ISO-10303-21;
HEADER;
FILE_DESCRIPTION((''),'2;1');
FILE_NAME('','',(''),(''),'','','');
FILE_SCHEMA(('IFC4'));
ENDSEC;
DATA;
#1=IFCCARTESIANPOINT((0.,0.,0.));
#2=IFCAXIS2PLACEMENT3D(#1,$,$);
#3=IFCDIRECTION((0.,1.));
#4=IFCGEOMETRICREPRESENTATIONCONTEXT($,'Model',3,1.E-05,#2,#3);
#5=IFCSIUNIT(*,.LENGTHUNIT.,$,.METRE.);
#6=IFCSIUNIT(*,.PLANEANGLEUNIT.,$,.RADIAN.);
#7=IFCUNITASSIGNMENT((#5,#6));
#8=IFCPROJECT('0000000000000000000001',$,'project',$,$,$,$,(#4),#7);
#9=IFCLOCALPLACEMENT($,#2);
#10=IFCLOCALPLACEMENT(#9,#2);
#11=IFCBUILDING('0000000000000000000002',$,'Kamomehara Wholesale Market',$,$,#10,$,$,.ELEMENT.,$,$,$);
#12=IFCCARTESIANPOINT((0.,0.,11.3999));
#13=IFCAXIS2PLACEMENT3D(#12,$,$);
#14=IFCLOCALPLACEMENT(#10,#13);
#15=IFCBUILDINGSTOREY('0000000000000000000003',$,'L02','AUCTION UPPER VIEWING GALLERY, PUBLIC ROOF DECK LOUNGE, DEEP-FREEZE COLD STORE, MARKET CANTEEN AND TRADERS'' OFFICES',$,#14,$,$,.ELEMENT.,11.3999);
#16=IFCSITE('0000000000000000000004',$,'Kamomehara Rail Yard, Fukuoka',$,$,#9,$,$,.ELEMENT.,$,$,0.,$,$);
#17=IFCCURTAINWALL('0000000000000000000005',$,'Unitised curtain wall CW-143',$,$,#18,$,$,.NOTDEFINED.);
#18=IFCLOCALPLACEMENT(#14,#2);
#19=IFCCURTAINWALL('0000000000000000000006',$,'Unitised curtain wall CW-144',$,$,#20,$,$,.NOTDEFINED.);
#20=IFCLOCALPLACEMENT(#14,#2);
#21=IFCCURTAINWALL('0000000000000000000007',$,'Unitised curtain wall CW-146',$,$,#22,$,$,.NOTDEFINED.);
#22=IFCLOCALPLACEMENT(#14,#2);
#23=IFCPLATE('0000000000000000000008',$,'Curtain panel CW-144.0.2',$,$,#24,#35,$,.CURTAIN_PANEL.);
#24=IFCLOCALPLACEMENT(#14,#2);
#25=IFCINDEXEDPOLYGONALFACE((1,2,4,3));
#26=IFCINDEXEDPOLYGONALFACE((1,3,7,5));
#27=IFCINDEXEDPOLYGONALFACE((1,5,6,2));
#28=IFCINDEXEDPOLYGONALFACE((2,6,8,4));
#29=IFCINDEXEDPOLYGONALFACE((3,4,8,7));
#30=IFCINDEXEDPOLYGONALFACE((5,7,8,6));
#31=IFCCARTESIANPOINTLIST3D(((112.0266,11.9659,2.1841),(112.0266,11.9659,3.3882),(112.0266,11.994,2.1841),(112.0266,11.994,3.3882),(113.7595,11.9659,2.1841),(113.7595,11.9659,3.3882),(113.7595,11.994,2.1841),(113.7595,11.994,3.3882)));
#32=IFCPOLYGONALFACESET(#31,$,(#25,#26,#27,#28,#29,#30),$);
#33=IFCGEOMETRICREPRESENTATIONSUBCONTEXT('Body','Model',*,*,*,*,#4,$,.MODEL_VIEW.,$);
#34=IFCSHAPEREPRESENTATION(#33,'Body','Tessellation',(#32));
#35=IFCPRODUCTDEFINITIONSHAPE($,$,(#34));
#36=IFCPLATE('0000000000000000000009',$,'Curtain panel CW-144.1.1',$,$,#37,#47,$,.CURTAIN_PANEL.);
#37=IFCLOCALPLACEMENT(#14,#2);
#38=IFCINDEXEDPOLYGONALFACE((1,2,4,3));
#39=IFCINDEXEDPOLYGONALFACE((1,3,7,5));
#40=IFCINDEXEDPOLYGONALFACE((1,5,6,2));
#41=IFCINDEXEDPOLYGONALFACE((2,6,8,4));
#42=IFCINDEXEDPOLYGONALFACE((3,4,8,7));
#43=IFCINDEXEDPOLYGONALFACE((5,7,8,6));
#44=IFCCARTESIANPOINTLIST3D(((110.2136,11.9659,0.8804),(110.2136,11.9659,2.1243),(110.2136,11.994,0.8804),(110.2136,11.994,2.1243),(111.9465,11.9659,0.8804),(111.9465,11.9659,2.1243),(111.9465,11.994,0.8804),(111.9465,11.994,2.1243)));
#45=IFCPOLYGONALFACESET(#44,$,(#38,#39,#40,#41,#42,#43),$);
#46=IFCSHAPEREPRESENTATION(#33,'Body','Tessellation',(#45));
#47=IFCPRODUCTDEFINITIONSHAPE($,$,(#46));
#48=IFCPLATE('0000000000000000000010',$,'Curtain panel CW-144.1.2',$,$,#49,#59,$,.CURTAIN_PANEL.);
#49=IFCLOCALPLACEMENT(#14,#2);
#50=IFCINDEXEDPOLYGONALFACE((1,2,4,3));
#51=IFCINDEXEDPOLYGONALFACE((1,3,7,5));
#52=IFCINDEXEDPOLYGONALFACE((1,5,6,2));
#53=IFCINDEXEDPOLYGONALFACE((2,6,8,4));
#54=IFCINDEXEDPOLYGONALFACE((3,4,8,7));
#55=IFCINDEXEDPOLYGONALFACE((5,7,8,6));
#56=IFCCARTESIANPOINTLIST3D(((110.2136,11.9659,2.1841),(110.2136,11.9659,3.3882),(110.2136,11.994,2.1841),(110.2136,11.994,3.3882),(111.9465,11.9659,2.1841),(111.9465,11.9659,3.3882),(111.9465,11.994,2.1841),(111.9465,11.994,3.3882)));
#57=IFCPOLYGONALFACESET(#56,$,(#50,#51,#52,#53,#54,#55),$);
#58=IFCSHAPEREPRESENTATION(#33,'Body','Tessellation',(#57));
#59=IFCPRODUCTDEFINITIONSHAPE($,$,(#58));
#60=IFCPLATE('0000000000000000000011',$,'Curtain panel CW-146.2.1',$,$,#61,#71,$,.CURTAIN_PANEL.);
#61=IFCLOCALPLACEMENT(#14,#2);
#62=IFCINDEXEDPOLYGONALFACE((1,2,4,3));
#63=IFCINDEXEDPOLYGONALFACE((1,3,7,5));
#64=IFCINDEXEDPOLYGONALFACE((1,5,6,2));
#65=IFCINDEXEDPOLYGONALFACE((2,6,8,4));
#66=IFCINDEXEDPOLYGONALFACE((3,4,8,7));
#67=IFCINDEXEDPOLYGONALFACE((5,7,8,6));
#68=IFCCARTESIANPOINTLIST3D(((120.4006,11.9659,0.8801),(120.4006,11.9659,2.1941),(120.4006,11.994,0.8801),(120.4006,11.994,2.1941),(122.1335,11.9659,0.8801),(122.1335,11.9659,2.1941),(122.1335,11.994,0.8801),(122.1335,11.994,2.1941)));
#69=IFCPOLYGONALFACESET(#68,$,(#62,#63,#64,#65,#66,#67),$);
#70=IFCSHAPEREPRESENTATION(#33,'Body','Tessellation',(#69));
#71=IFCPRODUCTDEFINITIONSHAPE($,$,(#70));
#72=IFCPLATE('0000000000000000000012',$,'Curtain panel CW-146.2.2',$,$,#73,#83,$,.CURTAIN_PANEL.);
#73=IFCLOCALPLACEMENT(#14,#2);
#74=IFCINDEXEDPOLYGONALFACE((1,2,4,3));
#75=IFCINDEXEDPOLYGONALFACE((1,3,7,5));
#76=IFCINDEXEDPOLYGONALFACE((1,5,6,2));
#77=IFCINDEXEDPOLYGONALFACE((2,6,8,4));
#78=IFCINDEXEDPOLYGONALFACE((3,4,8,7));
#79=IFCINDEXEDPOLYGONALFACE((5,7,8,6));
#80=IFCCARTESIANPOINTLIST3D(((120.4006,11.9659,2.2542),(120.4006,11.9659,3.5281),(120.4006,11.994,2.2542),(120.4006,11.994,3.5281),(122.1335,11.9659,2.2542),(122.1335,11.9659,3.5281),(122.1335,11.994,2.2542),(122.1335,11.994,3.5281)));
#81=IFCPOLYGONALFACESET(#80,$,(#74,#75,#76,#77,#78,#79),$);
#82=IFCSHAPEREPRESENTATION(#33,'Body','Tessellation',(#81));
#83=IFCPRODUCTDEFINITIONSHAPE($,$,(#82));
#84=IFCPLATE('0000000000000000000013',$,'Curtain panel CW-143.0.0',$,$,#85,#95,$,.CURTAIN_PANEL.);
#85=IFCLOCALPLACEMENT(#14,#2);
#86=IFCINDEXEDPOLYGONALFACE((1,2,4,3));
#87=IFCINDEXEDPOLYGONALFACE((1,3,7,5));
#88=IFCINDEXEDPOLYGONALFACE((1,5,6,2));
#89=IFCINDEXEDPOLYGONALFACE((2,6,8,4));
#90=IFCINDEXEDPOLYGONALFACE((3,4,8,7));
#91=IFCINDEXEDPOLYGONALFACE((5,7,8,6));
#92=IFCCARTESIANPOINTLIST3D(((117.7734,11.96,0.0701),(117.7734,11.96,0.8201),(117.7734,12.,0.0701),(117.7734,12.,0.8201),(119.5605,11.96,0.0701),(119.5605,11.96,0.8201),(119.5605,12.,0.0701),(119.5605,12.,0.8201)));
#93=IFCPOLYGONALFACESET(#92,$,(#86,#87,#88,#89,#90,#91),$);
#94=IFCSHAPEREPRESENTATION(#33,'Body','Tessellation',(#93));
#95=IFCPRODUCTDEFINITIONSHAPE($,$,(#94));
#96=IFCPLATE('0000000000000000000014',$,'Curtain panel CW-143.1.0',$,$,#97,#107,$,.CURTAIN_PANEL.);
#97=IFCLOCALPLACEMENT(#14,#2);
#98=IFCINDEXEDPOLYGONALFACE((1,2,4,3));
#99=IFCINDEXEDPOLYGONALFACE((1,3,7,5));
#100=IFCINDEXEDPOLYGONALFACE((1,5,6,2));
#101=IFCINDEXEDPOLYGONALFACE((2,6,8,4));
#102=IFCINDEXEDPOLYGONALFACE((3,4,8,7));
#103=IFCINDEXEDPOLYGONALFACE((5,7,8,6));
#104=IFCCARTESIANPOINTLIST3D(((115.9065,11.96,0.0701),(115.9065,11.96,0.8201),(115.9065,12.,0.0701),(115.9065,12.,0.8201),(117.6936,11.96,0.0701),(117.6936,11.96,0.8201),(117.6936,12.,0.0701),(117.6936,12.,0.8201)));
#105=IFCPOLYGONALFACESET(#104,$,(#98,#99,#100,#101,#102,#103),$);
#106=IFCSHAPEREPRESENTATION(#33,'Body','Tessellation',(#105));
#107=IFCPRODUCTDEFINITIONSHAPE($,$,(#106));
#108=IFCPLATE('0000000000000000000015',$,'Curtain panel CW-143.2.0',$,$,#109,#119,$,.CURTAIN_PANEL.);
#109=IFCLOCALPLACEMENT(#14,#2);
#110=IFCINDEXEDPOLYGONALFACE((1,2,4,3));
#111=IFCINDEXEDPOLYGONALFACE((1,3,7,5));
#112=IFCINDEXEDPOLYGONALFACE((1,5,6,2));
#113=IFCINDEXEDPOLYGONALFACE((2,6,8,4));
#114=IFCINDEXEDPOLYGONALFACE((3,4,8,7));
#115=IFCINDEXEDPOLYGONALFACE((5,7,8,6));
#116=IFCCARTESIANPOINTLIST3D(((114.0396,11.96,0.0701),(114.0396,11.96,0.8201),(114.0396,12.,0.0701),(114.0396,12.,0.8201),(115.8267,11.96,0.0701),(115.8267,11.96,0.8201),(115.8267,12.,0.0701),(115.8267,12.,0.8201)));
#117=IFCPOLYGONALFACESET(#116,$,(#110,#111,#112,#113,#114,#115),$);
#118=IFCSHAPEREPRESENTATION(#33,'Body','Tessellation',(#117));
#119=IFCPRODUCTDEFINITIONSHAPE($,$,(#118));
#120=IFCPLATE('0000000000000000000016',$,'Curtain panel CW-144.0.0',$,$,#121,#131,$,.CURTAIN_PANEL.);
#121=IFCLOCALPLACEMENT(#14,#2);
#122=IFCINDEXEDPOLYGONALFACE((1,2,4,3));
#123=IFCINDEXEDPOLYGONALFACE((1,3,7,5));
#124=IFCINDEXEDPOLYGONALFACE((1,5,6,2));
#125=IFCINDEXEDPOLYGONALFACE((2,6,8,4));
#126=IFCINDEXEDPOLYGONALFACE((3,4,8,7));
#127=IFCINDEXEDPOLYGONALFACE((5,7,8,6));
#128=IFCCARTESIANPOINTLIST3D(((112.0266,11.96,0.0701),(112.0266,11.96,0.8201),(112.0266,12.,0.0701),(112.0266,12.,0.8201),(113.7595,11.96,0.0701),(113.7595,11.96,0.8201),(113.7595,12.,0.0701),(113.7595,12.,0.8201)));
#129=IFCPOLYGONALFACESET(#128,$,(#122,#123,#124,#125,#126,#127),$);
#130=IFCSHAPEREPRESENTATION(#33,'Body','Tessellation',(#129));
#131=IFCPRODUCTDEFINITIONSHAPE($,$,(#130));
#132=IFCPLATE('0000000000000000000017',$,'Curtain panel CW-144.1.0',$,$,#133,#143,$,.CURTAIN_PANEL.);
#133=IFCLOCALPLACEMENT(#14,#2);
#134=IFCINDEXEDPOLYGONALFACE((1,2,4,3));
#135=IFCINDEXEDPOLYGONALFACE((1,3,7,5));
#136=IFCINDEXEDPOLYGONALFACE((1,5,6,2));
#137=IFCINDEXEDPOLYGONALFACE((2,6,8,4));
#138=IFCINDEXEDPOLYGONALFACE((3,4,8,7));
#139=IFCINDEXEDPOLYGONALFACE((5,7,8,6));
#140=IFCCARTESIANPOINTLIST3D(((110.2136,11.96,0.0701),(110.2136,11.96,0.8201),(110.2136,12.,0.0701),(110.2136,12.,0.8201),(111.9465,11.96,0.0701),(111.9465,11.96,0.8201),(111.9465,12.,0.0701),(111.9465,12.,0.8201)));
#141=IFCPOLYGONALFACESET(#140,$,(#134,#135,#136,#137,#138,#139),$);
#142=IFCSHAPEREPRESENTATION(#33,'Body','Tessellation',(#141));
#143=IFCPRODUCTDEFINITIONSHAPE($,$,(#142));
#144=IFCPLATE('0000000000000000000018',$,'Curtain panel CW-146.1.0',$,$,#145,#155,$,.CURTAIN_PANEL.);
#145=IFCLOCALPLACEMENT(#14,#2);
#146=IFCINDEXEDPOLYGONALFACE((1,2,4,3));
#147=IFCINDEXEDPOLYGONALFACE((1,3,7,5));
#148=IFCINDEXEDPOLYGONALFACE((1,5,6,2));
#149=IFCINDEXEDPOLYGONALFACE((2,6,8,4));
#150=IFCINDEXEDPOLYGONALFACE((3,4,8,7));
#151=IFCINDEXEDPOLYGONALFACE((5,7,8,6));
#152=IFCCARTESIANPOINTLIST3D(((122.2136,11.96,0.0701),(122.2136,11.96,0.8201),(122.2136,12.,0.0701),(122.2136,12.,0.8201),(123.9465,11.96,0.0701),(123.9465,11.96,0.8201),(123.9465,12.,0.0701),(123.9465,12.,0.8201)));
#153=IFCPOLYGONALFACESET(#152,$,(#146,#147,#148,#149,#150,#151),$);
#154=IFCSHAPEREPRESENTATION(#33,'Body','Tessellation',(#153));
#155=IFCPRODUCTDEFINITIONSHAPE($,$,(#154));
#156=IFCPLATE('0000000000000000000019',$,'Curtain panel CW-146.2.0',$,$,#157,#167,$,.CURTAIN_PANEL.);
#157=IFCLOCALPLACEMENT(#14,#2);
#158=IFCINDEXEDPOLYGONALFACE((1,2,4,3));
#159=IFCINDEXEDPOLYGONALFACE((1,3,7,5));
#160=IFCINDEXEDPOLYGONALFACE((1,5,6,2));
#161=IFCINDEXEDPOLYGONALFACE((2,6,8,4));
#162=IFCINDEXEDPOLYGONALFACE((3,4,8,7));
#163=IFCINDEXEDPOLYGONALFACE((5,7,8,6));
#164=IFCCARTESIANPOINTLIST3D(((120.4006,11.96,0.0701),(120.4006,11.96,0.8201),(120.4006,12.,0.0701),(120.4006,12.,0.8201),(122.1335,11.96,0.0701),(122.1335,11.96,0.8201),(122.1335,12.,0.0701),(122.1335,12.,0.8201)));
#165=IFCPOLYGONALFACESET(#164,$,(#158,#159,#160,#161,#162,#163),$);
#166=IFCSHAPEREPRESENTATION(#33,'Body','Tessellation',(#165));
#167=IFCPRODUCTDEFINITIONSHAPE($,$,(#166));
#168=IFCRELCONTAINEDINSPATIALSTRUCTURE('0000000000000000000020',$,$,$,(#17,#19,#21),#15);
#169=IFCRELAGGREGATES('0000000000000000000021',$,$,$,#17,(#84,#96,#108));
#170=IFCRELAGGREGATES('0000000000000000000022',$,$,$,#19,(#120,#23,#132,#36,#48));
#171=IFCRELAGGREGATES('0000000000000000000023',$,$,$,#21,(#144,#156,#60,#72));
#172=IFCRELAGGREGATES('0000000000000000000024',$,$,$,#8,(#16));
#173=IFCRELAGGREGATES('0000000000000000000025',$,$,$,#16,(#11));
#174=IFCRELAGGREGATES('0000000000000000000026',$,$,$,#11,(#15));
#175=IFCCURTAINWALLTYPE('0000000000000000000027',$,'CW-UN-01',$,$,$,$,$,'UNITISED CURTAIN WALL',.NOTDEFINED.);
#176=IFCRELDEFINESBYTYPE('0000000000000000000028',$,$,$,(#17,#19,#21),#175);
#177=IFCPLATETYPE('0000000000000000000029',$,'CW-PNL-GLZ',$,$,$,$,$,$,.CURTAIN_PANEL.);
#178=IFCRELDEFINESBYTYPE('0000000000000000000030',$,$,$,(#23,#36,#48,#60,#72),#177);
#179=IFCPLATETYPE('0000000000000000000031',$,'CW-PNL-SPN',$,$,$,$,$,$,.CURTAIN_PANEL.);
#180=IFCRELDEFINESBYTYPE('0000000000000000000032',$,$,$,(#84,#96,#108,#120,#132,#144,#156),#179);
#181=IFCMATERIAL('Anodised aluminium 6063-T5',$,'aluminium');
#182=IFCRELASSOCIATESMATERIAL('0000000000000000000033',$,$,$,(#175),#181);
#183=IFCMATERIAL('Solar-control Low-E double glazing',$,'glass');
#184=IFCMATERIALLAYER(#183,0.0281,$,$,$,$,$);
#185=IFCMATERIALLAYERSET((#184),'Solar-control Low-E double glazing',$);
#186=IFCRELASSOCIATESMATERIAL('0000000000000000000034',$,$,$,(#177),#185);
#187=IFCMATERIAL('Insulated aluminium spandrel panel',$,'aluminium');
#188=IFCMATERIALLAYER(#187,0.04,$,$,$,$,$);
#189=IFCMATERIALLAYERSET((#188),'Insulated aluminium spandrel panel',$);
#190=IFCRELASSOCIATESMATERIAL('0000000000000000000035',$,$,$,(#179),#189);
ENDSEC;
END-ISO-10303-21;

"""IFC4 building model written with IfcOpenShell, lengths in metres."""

from ifc_helpers import new_model, si_unit, direction, frame, origin, origin_2d, place, context, subcontext, project, spatial, rectangle, extrude, material, layer, layer_set, type_object, element, aggregate, save


model = new_model("IFC4")

# Units and contexts
model_context = context("Model", 3, precision=1e-05, world=origin(), true_north=direction((0.0, 1.0)))
body_context = subcontext(model_context, "Body", "Model", "MODEL_VIEW")
ifc_project = project(units=[si_unit("LENGTHUNIT", "METRE"), si_unit("PLANEANGLEUNIT", "RADIAN")], contexts=[model_context])

# Site, building, storey
site_placement = place(None, origin())
site = spatial("IfcSite", under=ifc_project, at=site_placement, Name="Kamomehara Rail Yard, Fukuoka", CompositionType="ELEMENT", RefElevation=0.0)
building_placement = place(site_placement, origin())
building = spatial("IfcBuilding", under=site, at=building_placement, Name="Kamomehara Wholesale Market", CompositionType="ELEMENT")
storey_placement = place(building_placement, frame((0.0, 0.0, 11.3999)))
storey = spatial("IfcBuildingStorey", under=building, at=storey_placement, Name="L02", Description="AUCTION UPPER VIEWING GALLERY, PUBLIC ROOF DECK LOUNGE, DEEP-FREEZE COLD STORE, MARKET CANTEEN AND TRADERS' OFFICES", CompositionType="ELEMENT", Elevation=11.3999)

# Curtain walls
ifc_material_1 = material(Name="Anodised aluminium 6063-T5", Category="aluminium")
curtain_wall_type = type_object("IfcCurtainWallType", Name="CW-UN-01", ElementType="UNITISED CURTAIN WALL", PredefinedType="NOTDEFINED", material=ifc_material_1)
curtain_wall_1_placement = place(storey_placement, origin())
curtain_wall_1 = element("IfcCurtainWall", 1, at=curtain_wall_1_placement, inside=storey, type_object=curtain_wall_type, Name="Unitised curtain wall CW-143", PredefinedType="NOTDEFINED")
curtain_wall_2_placement = place(storey_placement, origin())
curtain_wall_2 = element("IfcCurtainWall", 2, at=curtain_wall_2_placement, inside=storey, type_object=curtain_wall_type, Name="Unitised curtain wall CW-144", PredefinedType="NOTDEFINED")
curtain_wall_3_placement = place(storey_placement, origin())
curtain_wall_3 = element("IfcCurtainWall", 3, at=curtain_wall_3_placement, inside=storey, type_object=curtain_wall_type, Name="Unitised curtain wall CW-146", PredefinedType="NOTDEFINED")

# Plates
ifc_material_2 = material(Name="Solar-control Low-E double glazing", Category="glass")
ifc_layer_1 = layer(ifc_material_2, 0.0281)
ifc_layer_set_1 = layer_set([ifc_layer_1], Name="Solar-control Low-E double glazing")
plate_type_1 = type_object("IfcPlateType", Name="CW-PNL-GLZ", PredefinedType="CURTAIN_PANEL", material=ifc_layer_set_1)
plate_1_placement = place(storey_placement, frame((112.8931, 11.98, 2.1841), z_axis=(0.0, 0.0, 1.0), x_axis=(-1.0, 0.0, 0.0)))
plate_1 = element("IfcPlate", 4, at=plate_1_placement, type_object=plate_type_1, Name="Curtain panel CW-144.0.2", PredefinedType="CURTAIN_PANEL", context=body_context, shape_type="SweptSolid", body=[
    extrude(rectangle(XDim=1.7329, YDim=0.0281, at=origin_2d()), origin(), (0.0, 0.0, 1.0), 1.2041),
])
plate_2_placement = place(storey_placement, frame((111.0801, 11.98, 0.8804), z_axis=(0.0, 0.0, 1.0), x_axis=(-1.0, 0.0, 0.0)))
plate_2 = element("IfcPlate", 5, at=plate_2_placement, type_object=plate_type_1, Name="Curtain panel CW-144.1.1", PredefinedType="CURTAIN_PANEL", context=body_context, shape_type="SweptSolid", body=[
    extrude(rectangle(XDim=1.7329, YDim=0.0281, at=origin_2d()), origin(), (0.0, 0.0, 1.0), 1.2439),
])
plate_3_placement = place(storey_placement, frame((111.0801, 11.98, 2.1841), z_axis=(0.0, 0.0, 1.0), x_axis=(-1.0, 0.0, 0.0)))
plate_3 = element("IfcPlate", 6, at=plate_3_placement, type_object=plate_type_1, Name="Curtain panel CW-144.1.2", PredefinedType="CURTAIN_PANEL", context=body_context, shape_type="SweptSolid", body=[
    extrude(rectangle(XDim=1.7329, YDim=0.0281, at=origin_2d()), origin(), (0.0, 0.0, 1.0), 1.2041),
])
plate_4_placement = place(storey_placement, frame((121.2671, 11.98, 0.8801), z_axis=(0.0, 0.0, 1.0), x_axis=(-1.0, 0.0, 0.0)))
plate_4 = element("IfcPlate", 7, at=plate_4_placement, type_object=plate_type_1, Name="Curtain panel CW-146.2.1", PredefinedType="CURTAIN_PANEL", context=body_context, shape_type="SweptSolid", body=[
    extrude(rectangle(XDim=1.7329, YDim=0.0281, at=origin_2d()), origin(), (0.0, 0.0, 1.0), 1.314),
])
plate_5_placement = place(storey_placement, frame((121.2671, 11.98, 2.2542), z_axis=(0.0, 0.0, 1.0), x_axis=(-1.0, 0.0, 0.0)))
plate_5 = element("IfcPlate", 8, at=plate_5_placement, type_object=plate_type_1, Name="Curtain panel CW-146.2.2", PredefinedType="CURTAIN_PANEL", context=body_context, shape_type="SweptSolid", body=[
    extrude(rectangle(XDim=1.7329, YDim=0.0281, at=origin_2d()), origin(), (0.0, 0.0, 1.0), 1.2739),
])
ifc_material_3 = material(Name="Insulated aluminium spandrel panel", Category="aluminium")
ifc_layer_2 = layer(ifc_material_3, 0.04)
ifc_layer_set_2 = layer_set([ifc_layer_2], Name="Insulated aluminium spandrel panel")
plate_type_2 = type_object("IfcPlateType", Name="CW-PNL-SPN", PredefinedType="CURTAIN_PANEL", material=ifc_layer_set_2)
plate_6_placement = place(storey_placement, frame((118.667, 11.98, 0.0701), z_axis=(0.0, 0.0, 1.0), x_axis=(-1.0, 0.0, 0.0)))
plate_6 = element("IfcPlate", 9, at=plate_6_placement, type_object=plate_type_2, Name="Curtain panel CW-143.0.0", PredefinedType="CURTAIN_PANEL", context=body_context, shape_type="SweptSolid", body=[
    extrude(rectangle(XDim=1.7871, YDim=0.04, at=origin_2d()), origin(), (0.0, 0.0, 1.0), 0.75),
])
plate_7_placement = place(storey_placement, frame((116.8, 11.98, 0.0701), z_axis=(0.0, 0.0, 1.0), x_axis=(-1.0, 0.0, 0.0)))
plate_7 = element("IfcPlate", 10, at=plate_7_placement, type_object=plate_type_2, Name="Curtain panel CW-143.1.0", PredefinedType="CURTAIN_PANEL", context=body_context, shape_type="SweptSolid", body=[
    extrude(rectangle(XDim=1.7871, YDim=0.04, at=origin_2d()), origin(), (0.0, 0.0, 1.0), 0.75),
])
plate_8_placement = place(storey_placement, frame((114.9331, 11.98, 0.0701), z_axis=(0.0, 0.0, 1.0), x_axis=(-1.0, 0.0, 0.0)))
plate_8 = element("IfcPlate", 11, at=plate_8_placement, type_object=plate_type_2, Name="Curtain panel CW-143.2.0", PredefinedType="CURTAIN_PANEL", context=body_context, shape_type="SweptSolid", body=[
    extrude(rectangle(XDim=1.7871, YDim=0.04, at=origin_2d()), origin(), (0.0, 0.0, 1.0), 0.75),
])
aggregate(curtain_wall_1, [plate_6, plate_7, plate_8])
plate_9_placement = place(storey_placement, frame((112.8931, 11.98, 0.0701), z_axis=(0.0, 0.0, 1.0), x_axis=(-1.0, 0.0, 0.0)))
plate_9 = element("IfcPlate", 12, at=plate_9_placement, type_object=plate_type_2, Name="Curtain panel CW-144.0.0", PredefinedType="CURTAIN_PANEL", context=body_context, shape_type="SweptSolid", body=[
    extrude(rectangle(XDim=1.7329, YDim=0.04, at=origin_2d()), origin(), (0.0, 0.0, 1.0), 0.75),
])
plate_10_placement = place(storey_placement, frame((111.0801, 11.98, 0.0701), z_axis=(0.0, 0.0, 1.0), x_axis=(-1.0, 0.0, 0.0)))
plate_10 = element("IfcPlate", 13, at=plate_10_placement, type_object=plate_type_2, Name="Curtain panel CW-144.1.0", PredefinedType="CURTAIN_PANEL", context=body_context, shape_type="SweptSolid", body=[
    extrude(rectangle(XDim=1.7329, YDim=0.04, at=origin_2d()), origin(), (0.0, 0.0, 1.0), 0.75),
])
aggregate(curtain_wall_2, [plate_9, plate_1, plate_10, plate_2, plate_3])
plate_11_placement = place(storey_placement, frame((123.0801, 11.98, 0.0701), z_axis=(0.0, 0.0, 1.0), x_axis=(-1.0, 0.0, 0.0)))
plate_11 = element("IfcPlate", 14, at=plate_11_placement, type_object=plate_type_2, Name="Curtain panel CW-146.1.0", PredefinedType="CURTAIN_PANEL", context=body_context, shape_type="SweptSolid", body=[
    extrude(rectangle(XDim=1.7329, YDim=0.04, at=origin_2d()), origin(), (0.0, 0.0, 1.0), 0.75),
])
plate_12_placement = place(storey_placement, frame((121.2671, 11.98, 0.0701), z_axis=(0.0, 0.0, 1.0), x_axis=(-1.0, 0.0, 0.0)))
plate_12 = element("IfcPlate", 15, at=plate_12_placement, type_object=plate_type_2, Name="Curtain panel CW-146.2.0", PredefinedType="CURTAIN_PANEL", context=body_context, shape_type="SweptSolid", body=[
    extrude(rectangle(XDim=1.7329, YDim=0.04, at=origin_2d()), origin(), (0.0, 0.0, 1.0), 0.75),
])
aggregate(curtain_wall_3, [plate_11, plate_12, plate_4, plate_5])

save(model, "model.ifc")
